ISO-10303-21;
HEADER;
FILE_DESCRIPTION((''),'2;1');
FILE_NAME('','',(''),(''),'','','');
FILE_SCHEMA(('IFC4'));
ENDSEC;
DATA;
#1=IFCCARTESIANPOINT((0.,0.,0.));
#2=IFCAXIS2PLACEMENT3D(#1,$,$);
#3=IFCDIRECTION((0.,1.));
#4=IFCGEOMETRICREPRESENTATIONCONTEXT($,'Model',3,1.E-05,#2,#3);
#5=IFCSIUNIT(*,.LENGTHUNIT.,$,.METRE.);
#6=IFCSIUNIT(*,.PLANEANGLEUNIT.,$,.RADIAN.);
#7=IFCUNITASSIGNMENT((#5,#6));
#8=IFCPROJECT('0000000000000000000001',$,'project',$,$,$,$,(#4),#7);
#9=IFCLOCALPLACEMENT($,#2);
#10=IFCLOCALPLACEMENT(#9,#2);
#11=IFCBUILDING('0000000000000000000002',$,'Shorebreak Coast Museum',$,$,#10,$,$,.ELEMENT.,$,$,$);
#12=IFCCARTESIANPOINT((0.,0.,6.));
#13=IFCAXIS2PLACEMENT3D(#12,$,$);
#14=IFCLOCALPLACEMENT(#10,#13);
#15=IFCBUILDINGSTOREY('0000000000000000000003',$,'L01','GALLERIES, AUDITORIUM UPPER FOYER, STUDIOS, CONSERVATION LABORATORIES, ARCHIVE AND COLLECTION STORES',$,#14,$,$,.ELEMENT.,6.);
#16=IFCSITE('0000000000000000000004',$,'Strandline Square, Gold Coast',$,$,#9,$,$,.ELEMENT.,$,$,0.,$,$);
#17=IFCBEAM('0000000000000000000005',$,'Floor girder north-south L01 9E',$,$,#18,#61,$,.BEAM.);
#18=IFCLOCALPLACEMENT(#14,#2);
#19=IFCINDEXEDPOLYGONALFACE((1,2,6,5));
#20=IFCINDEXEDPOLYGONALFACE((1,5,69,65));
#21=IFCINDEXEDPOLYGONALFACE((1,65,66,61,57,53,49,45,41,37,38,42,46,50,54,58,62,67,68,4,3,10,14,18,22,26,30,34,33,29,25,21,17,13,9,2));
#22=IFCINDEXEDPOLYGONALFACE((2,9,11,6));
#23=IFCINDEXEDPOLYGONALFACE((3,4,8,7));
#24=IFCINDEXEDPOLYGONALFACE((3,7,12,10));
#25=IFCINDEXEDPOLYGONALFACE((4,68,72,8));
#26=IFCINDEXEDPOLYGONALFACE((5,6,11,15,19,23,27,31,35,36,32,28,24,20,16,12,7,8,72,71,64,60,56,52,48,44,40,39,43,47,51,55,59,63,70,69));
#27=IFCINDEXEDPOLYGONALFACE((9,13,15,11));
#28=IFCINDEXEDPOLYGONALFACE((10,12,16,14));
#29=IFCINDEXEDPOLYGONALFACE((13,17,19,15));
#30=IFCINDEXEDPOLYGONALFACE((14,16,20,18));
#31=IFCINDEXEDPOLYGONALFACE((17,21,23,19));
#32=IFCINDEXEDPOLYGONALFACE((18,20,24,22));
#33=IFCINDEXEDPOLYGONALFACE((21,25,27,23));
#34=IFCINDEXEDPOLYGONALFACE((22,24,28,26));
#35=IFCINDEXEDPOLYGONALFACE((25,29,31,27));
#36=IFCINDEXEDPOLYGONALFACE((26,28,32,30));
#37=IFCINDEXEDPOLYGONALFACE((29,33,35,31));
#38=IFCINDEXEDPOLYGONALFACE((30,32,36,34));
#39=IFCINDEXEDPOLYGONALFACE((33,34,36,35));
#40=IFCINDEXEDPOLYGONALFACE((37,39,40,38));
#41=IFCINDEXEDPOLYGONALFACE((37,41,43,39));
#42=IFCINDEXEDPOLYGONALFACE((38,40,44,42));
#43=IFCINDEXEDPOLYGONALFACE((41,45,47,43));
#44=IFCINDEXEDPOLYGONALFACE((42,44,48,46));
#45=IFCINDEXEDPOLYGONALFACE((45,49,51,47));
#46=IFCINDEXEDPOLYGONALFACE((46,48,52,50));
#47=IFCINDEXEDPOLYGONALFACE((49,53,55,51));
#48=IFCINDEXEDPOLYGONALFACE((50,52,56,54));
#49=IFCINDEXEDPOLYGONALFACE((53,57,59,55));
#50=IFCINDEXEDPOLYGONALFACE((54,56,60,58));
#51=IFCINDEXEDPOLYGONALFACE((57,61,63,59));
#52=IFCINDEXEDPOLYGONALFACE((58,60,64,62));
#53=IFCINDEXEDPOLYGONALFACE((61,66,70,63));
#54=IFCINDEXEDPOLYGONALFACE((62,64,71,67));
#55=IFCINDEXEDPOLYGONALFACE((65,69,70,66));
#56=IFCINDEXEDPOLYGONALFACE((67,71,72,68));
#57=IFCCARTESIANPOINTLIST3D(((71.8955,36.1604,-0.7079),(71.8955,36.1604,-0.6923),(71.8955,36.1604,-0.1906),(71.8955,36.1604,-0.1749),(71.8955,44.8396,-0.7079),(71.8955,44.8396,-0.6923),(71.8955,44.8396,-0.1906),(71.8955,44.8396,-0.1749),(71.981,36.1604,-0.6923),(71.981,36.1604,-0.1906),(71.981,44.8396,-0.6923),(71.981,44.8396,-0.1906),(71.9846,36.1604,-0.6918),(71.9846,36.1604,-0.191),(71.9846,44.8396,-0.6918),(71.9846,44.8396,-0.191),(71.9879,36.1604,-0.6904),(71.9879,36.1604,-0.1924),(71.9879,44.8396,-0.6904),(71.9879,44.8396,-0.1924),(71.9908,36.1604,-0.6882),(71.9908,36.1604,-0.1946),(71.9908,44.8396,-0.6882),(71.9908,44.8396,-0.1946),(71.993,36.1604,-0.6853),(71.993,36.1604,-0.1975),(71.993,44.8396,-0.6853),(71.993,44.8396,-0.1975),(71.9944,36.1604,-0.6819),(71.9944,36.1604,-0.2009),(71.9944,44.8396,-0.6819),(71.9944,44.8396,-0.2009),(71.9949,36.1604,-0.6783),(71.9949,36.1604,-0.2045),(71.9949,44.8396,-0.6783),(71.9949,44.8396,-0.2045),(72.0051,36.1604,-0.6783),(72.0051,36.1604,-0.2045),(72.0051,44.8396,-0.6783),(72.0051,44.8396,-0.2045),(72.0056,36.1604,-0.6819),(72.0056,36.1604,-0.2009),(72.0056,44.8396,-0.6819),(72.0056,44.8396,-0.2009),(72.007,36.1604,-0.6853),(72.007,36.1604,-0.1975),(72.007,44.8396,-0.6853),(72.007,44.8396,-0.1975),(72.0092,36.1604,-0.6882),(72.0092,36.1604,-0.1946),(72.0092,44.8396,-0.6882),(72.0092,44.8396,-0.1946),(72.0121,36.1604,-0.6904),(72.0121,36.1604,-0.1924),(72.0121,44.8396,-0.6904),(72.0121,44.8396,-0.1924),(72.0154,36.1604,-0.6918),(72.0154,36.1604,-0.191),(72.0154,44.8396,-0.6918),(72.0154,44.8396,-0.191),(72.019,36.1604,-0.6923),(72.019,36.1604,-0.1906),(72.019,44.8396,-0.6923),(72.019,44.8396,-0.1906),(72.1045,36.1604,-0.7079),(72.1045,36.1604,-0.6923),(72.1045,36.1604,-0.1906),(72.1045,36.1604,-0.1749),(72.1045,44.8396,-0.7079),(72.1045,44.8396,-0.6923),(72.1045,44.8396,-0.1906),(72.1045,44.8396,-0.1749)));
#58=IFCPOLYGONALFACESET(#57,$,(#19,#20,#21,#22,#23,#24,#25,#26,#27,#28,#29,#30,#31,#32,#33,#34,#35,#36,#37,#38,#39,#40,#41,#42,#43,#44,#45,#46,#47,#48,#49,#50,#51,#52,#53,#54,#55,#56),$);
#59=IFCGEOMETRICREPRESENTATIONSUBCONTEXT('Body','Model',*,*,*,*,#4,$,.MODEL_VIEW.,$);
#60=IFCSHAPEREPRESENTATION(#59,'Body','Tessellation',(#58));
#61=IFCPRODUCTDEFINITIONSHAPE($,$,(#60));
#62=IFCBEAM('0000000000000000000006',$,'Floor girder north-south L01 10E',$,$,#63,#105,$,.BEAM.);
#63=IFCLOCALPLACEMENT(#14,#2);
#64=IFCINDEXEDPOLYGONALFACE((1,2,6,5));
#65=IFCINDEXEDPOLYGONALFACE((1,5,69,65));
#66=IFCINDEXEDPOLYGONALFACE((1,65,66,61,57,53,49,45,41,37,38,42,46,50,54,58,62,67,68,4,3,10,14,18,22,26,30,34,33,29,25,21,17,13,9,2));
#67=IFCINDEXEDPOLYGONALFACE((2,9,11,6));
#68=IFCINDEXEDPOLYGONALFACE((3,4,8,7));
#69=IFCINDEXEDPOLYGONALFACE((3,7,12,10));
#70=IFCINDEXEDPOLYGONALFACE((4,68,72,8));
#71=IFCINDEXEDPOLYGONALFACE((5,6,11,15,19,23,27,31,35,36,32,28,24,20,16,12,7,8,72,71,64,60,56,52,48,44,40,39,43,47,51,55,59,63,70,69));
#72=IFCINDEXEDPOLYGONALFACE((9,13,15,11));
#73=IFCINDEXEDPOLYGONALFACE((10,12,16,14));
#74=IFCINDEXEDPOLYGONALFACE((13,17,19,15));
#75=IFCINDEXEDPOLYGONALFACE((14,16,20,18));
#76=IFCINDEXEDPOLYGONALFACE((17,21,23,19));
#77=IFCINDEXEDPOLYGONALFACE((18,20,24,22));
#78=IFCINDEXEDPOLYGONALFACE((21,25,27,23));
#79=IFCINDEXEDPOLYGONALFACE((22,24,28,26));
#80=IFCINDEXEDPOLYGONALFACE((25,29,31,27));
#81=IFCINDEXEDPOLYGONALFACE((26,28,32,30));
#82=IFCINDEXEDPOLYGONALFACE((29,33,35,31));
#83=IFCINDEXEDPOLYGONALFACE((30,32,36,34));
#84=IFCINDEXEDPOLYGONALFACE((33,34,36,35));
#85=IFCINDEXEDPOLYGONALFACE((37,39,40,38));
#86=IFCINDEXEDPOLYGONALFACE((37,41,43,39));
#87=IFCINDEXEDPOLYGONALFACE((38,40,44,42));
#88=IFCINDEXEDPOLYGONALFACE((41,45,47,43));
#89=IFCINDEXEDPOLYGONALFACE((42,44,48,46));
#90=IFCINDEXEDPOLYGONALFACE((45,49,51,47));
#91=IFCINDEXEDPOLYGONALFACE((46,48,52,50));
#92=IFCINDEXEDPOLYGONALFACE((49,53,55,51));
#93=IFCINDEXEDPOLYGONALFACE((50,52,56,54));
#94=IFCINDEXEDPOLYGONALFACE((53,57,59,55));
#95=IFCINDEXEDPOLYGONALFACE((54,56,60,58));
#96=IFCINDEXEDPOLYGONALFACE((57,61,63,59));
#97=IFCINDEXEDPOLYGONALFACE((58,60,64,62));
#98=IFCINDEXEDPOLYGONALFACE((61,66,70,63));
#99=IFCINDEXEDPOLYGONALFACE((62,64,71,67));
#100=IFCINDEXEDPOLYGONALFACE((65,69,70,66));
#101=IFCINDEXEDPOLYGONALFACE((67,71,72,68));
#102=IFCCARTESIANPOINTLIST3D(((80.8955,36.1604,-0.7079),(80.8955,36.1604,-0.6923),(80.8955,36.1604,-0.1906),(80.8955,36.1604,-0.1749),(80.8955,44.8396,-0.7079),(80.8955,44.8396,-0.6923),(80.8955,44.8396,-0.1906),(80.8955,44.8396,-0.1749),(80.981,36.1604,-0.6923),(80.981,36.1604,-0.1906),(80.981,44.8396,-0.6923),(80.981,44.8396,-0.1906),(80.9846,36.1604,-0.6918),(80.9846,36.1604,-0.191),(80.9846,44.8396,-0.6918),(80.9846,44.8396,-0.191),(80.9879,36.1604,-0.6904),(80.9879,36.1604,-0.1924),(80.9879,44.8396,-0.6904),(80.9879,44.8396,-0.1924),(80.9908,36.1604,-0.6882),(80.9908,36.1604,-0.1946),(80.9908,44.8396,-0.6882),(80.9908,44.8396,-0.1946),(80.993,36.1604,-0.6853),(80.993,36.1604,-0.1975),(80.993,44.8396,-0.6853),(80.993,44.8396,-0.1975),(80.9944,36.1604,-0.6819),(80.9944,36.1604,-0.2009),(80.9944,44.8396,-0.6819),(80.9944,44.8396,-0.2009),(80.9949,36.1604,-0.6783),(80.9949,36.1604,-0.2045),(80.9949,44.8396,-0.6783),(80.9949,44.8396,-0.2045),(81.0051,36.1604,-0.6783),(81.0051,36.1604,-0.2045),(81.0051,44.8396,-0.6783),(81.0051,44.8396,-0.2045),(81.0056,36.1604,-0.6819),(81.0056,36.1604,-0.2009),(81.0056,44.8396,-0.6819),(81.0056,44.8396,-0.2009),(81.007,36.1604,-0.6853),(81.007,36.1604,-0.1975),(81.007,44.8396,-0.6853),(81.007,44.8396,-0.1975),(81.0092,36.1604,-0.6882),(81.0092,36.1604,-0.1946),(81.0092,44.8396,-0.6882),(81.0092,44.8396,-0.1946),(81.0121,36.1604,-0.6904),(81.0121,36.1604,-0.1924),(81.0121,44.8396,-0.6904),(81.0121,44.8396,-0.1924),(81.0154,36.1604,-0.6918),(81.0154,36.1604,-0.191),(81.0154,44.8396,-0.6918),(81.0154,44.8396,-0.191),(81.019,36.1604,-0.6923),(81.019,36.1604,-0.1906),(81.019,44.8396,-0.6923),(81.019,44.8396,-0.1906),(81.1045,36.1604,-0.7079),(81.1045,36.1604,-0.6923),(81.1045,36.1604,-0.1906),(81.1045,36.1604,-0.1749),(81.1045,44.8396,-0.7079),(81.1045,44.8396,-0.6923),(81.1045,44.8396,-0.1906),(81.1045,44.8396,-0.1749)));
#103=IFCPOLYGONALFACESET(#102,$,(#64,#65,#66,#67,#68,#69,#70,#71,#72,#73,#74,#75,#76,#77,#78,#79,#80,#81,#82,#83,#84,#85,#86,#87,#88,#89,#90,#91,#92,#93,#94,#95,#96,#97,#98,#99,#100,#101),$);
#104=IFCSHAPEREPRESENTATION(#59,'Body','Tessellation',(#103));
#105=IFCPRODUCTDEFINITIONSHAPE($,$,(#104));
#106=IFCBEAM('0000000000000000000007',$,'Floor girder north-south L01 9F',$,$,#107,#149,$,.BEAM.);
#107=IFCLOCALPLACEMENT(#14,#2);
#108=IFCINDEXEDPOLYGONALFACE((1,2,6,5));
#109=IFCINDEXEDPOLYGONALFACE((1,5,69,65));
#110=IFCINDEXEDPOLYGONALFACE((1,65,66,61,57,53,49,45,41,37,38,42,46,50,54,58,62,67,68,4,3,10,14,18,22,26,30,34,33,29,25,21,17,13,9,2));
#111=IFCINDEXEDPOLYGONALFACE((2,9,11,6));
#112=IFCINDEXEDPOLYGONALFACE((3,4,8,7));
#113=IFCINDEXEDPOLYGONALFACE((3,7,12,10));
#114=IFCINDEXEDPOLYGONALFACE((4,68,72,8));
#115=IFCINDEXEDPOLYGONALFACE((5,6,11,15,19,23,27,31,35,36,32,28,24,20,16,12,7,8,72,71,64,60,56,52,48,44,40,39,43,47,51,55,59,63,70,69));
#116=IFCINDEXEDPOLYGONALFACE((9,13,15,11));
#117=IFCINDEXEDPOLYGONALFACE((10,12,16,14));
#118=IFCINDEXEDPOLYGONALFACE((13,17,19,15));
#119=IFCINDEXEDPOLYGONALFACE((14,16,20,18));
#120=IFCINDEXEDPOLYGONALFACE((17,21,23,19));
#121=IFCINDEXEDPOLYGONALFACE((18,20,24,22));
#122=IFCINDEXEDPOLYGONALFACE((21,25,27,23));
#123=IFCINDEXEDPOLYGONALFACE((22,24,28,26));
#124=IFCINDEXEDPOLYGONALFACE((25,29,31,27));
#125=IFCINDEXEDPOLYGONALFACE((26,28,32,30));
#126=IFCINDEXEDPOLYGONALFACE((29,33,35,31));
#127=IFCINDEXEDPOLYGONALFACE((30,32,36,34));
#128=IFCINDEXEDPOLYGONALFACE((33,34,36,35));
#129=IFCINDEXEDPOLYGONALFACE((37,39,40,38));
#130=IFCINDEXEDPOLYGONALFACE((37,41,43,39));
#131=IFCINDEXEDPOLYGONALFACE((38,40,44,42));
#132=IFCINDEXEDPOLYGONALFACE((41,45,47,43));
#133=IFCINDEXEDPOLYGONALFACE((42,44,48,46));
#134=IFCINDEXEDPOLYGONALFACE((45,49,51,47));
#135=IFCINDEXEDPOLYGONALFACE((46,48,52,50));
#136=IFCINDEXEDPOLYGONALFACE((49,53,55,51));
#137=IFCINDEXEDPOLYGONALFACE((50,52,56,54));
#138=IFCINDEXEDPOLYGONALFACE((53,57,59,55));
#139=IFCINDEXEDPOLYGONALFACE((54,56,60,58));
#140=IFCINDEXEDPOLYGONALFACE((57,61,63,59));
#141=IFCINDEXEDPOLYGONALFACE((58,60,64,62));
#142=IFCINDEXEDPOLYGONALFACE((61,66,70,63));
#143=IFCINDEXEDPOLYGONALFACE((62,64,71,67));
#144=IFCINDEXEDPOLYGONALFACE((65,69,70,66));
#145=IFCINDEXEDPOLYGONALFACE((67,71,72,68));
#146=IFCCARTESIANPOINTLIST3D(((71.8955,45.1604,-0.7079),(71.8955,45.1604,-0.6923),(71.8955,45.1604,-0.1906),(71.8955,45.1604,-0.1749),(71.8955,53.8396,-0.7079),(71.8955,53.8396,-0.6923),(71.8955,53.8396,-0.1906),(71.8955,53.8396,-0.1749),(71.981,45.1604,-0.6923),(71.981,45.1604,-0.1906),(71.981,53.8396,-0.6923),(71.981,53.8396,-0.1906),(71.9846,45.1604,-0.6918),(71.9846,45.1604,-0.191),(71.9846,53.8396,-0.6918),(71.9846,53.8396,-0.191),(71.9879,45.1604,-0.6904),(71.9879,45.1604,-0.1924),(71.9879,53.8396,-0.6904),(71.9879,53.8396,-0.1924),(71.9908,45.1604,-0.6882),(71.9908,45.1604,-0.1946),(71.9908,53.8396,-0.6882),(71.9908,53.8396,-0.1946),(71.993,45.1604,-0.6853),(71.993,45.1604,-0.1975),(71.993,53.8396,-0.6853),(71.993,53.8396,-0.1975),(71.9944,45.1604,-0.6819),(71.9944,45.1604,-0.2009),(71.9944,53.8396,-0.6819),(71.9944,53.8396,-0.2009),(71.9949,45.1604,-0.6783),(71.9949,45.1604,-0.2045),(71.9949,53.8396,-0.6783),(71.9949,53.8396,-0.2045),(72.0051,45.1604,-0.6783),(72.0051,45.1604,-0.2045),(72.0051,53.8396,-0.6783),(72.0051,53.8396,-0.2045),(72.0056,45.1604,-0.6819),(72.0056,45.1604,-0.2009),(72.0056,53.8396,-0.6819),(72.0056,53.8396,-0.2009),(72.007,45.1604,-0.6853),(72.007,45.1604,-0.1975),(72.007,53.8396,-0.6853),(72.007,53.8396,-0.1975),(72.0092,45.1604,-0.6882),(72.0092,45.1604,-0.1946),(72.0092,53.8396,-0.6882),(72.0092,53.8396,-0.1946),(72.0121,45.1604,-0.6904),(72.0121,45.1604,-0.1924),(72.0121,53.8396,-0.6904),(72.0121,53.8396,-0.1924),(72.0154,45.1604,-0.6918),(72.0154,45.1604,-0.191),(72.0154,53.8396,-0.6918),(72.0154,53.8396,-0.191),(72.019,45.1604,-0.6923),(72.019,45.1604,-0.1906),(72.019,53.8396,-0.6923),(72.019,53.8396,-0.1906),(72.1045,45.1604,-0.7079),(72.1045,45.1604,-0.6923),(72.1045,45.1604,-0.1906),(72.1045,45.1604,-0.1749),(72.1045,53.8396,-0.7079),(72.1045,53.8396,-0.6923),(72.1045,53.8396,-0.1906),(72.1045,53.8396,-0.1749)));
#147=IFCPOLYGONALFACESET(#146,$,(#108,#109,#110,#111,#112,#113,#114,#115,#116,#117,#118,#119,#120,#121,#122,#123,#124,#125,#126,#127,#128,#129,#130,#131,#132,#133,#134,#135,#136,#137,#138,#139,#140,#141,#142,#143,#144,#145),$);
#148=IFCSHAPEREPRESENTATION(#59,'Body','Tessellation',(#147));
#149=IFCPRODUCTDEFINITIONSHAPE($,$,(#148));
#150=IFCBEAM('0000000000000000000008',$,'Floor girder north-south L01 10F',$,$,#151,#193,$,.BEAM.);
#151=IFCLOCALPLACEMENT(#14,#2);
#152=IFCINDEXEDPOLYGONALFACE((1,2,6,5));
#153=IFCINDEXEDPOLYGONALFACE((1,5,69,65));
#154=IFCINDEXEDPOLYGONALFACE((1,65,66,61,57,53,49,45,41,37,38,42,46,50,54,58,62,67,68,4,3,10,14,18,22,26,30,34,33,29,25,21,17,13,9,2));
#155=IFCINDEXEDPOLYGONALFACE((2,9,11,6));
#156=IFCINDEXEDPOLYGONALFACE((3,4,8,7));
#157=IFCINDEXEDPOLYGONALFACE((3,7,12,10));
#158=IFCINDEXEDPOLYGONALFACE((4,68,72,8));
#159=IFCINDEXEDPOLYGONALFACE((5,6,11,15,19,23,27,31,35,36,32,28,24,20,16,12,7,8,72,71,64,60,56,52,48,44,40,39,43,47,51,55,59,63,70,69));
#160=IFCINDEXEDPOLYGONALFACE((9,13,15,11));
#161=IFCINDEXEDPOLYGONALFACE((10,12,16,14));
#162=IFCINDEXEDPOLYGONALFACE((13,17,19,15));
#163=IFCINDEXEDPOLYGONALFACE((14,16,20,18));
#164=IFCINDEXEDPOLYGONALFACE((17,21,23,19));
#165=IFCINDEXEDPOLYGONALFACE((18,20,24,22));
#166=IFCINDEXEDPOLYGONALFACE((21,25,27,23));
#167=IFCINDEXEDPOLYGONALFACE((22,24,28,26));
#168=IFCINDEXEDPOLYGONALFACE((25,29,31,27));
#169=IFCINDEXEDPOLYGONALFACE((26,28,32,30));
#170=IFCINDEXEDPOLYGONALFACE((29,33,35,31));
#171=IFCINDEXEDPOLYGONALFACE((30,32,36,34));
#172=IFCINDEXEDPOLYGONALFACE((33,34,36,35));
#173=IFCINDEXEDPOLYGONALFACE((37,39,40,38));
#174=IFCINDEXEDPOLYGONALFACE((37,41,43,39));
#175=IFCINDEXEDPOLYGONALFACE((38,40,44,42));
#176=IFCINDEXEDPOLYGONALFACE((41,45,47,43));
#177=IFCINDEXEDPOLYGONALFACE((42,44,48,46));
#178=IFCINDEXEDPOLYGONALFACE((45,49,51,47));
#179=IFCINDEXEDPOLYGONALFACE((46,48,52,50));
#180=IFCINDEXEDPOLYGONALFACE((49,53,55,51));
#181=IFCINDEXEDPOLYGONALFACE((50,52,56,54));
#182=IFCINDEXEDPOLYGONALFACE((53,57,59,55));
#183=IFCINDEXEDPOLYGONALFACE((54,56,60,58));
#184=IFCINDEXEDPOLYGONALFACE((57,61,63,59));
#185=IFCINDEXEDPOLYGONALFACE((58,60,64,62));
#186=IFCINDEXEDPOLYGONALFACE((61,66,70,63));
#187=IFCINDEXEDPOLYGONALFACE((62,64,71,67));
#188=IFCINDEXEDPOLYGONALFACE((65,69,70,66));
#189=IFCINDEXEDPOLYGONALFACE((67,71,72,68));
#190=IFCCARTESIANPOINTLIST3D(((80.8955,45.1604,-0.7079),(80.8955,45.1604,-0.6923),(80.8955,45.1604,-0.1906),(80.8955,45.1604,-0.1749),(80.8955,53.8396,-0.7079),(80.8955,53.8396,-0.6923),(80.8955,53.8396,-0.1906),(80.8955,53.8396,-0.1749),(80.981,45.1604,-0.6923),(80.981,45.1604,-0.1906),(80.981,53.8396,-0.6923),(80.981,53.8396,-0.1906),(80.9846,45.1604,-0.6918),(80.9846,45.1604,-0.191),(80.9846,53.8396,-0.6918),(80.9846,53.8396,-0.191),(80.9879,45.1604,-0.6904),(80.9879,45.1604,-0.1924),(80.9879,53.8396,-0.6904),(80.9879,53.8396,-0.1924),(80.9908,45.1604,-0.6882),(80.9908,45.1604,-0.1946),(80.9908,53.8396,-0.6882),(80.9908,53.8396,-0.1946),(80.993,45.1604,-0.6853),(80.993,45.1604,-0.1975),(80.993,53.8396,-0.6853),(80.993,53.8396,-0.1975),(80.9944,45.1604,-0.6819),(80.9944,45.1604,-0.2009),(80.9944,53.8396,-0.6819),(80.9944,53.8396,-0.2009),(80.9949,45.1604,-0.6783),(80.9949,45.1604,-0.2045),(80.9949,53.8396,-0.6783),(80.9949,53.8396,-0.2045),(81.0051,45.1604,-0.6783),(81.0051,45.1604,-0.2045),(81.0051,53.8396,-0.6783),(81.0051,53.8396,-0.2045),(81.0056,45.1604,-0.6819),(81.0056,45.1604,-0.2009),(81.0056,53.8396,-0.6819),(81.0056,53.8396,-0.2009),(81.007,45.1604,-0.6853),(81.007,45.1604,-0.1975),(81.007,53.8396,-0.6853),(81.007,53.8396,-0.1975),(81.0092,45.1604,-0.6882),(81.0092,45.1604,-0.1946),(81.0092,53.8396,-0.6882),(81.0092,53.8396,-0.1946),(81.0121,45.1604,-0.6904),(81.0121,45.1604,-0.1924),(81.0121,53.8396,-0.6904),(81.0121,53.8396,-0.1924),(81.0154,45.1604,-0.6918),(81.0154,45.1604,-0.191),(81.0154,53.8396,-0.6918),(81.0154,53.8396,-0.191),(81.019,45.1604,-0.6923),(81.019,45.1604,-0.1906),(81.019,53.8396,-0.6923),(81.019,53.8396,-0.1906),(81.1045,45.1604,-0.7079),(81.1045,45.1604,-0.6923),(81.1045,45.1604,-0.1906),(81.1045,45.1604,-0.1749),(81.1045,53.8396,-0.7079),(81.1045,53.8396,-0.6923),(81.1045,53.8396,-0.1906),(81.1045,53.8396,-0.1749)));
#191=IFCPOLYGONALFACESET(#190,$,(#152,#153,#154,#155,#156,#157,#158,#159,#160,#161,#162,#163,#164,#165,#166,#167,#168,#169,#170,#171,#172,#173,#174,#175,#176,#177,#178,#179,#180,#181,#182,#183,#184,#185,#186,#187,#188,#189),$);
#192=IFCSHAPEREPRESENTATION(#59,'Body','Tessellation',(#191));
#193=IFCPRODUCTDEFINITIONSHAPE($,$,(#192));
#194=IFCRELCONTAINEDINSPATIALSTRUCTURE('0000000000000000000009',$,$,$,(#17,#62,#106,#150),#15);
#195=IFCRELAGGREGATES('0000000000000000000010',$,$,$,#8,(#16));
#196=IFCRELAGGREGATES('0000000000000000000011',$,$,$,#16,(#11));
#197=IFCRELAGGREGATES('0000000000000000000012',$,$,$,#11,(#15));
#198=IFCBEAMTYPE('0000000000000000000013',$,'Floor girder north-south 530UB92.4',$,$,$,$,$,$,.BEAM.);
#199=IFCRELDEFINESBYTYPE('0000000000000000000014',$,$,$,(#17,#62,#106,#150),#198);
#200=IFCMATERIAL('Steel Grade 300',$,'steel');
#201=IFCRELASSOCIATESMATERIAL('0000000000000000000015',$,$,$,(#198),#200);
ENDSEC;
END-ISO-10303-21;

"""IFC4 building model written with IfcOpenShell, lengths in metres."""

from ifc_helpers import new_model, si_unit, direction, frame, origin, origin_2d, place, context, subcontext, project, spatial, i_section, extrude, material, material_profile, profile_set, type_object, element, save


model = new_model("IFC4")

# Units and contexts
model_context = context("Model", 3, precision=1e-05, world=origin(), true_north=direction((0.0, 1.0)))
body_context = subcontext(model_context, "Body", "Model", "MODEL_VIEW")
ifc_project = project(units=[si_unit("LENGTHUNIT", "METRE"), si_unit("PLANEANGLEUNIT", "RADIAN")], contexts=[model_context])

# Site, building, storey
site_placement = place(None, origin())
site = spatial("IfcSite", under=ifc_project, at=site_placement, Name="Strandline Square, Gold Coast", CompositionType="ELEMENT", RefElevation=0.0)
building_placement = place(site_placement, origin())
building = spatial("IfcBuilding", under=site, at=building_placement, Name="Shorebreak Coast Museum", CompositionType="ELEMENT")
storey_placement = place(building_placement, frame((0.0, 0.0, 6.0)))
storey = spatial("IfcBuildingStorey", under=building, at=storey_placement, Name="L01", Description="GALLERIES, AUDITORIUM UPPER FOYER, STUDIOS, CONSERVATION LABORATORIES, ARCHIVE AND COLLECTION STORES", CompositionType="ELEMENT", Elevation=6.0)

# Beams
ifc_material_1 = material(Name="Steel Grade 300", Category="steel")
ifc_material_profile_1 = material_profile(ifc_material_1, i_section(OverallWidth=0.209, OverallDepth=0.533, WebThickness=0.0103, FlangeThickness=0.0156, FilletRadius=0.0139, at=origin_2d()), Name="530UB92.4")
ifc_profile_set_1 = profile_set([ifc_material_profile_1], Name="Steel Grade 300")
beam_type_1 = type_object("IfcBeamType", Name="Floor girder north-south 530UB92.4", PredefinedType="BEAM", material=ifc_profile_set_1)
for number, where, z_axis, x_axis, name in (
    (1, (72.0, 36.1604, -0.4414), (0.0, 1.0, 0.0), (-1.0, 0.0, 0.0), "Floor girder north-south L01 9E"),
    (2, (81.0, 36.1604, -0.4414), (0.0, 1.0, 0.0), (-1.0, 0.0, 0.0), "Floor girder north-south L01 10E"),
    (3, (72.0, 45.1604, -0.4414), (0.0, 1.0, 0.0), (-1.0, 0.0, 0.0), "Floor girder north-south L01 9F"),
    (4, (81.0, 45.1604, -0.4414), (0.0, 1.0, 0.0), (-1.0, 0.0, 0.0), "Floor girder north-south L01 10F"),
):
    element("IfcBeam", number, at=place(storey_placement, frame(where, z_axis=z_axis, x_axis=x_axis)), inside=storey, type_object=beam_type_1, Name=name, PredefinedType="BEAM", context=body_context, shape_type="SweptSolid", body=[
        extrude(i_section(OverallWidth=0.209, OverallDepth=0.533, WebThickness=0.0103, FlangeThickness=0.0156, FilletRadius=0.0139, at=origin_2d()), origin(), (0.0, 0.0, 1.0), 8.6792),
    ])

save(model, "model.ifc")
